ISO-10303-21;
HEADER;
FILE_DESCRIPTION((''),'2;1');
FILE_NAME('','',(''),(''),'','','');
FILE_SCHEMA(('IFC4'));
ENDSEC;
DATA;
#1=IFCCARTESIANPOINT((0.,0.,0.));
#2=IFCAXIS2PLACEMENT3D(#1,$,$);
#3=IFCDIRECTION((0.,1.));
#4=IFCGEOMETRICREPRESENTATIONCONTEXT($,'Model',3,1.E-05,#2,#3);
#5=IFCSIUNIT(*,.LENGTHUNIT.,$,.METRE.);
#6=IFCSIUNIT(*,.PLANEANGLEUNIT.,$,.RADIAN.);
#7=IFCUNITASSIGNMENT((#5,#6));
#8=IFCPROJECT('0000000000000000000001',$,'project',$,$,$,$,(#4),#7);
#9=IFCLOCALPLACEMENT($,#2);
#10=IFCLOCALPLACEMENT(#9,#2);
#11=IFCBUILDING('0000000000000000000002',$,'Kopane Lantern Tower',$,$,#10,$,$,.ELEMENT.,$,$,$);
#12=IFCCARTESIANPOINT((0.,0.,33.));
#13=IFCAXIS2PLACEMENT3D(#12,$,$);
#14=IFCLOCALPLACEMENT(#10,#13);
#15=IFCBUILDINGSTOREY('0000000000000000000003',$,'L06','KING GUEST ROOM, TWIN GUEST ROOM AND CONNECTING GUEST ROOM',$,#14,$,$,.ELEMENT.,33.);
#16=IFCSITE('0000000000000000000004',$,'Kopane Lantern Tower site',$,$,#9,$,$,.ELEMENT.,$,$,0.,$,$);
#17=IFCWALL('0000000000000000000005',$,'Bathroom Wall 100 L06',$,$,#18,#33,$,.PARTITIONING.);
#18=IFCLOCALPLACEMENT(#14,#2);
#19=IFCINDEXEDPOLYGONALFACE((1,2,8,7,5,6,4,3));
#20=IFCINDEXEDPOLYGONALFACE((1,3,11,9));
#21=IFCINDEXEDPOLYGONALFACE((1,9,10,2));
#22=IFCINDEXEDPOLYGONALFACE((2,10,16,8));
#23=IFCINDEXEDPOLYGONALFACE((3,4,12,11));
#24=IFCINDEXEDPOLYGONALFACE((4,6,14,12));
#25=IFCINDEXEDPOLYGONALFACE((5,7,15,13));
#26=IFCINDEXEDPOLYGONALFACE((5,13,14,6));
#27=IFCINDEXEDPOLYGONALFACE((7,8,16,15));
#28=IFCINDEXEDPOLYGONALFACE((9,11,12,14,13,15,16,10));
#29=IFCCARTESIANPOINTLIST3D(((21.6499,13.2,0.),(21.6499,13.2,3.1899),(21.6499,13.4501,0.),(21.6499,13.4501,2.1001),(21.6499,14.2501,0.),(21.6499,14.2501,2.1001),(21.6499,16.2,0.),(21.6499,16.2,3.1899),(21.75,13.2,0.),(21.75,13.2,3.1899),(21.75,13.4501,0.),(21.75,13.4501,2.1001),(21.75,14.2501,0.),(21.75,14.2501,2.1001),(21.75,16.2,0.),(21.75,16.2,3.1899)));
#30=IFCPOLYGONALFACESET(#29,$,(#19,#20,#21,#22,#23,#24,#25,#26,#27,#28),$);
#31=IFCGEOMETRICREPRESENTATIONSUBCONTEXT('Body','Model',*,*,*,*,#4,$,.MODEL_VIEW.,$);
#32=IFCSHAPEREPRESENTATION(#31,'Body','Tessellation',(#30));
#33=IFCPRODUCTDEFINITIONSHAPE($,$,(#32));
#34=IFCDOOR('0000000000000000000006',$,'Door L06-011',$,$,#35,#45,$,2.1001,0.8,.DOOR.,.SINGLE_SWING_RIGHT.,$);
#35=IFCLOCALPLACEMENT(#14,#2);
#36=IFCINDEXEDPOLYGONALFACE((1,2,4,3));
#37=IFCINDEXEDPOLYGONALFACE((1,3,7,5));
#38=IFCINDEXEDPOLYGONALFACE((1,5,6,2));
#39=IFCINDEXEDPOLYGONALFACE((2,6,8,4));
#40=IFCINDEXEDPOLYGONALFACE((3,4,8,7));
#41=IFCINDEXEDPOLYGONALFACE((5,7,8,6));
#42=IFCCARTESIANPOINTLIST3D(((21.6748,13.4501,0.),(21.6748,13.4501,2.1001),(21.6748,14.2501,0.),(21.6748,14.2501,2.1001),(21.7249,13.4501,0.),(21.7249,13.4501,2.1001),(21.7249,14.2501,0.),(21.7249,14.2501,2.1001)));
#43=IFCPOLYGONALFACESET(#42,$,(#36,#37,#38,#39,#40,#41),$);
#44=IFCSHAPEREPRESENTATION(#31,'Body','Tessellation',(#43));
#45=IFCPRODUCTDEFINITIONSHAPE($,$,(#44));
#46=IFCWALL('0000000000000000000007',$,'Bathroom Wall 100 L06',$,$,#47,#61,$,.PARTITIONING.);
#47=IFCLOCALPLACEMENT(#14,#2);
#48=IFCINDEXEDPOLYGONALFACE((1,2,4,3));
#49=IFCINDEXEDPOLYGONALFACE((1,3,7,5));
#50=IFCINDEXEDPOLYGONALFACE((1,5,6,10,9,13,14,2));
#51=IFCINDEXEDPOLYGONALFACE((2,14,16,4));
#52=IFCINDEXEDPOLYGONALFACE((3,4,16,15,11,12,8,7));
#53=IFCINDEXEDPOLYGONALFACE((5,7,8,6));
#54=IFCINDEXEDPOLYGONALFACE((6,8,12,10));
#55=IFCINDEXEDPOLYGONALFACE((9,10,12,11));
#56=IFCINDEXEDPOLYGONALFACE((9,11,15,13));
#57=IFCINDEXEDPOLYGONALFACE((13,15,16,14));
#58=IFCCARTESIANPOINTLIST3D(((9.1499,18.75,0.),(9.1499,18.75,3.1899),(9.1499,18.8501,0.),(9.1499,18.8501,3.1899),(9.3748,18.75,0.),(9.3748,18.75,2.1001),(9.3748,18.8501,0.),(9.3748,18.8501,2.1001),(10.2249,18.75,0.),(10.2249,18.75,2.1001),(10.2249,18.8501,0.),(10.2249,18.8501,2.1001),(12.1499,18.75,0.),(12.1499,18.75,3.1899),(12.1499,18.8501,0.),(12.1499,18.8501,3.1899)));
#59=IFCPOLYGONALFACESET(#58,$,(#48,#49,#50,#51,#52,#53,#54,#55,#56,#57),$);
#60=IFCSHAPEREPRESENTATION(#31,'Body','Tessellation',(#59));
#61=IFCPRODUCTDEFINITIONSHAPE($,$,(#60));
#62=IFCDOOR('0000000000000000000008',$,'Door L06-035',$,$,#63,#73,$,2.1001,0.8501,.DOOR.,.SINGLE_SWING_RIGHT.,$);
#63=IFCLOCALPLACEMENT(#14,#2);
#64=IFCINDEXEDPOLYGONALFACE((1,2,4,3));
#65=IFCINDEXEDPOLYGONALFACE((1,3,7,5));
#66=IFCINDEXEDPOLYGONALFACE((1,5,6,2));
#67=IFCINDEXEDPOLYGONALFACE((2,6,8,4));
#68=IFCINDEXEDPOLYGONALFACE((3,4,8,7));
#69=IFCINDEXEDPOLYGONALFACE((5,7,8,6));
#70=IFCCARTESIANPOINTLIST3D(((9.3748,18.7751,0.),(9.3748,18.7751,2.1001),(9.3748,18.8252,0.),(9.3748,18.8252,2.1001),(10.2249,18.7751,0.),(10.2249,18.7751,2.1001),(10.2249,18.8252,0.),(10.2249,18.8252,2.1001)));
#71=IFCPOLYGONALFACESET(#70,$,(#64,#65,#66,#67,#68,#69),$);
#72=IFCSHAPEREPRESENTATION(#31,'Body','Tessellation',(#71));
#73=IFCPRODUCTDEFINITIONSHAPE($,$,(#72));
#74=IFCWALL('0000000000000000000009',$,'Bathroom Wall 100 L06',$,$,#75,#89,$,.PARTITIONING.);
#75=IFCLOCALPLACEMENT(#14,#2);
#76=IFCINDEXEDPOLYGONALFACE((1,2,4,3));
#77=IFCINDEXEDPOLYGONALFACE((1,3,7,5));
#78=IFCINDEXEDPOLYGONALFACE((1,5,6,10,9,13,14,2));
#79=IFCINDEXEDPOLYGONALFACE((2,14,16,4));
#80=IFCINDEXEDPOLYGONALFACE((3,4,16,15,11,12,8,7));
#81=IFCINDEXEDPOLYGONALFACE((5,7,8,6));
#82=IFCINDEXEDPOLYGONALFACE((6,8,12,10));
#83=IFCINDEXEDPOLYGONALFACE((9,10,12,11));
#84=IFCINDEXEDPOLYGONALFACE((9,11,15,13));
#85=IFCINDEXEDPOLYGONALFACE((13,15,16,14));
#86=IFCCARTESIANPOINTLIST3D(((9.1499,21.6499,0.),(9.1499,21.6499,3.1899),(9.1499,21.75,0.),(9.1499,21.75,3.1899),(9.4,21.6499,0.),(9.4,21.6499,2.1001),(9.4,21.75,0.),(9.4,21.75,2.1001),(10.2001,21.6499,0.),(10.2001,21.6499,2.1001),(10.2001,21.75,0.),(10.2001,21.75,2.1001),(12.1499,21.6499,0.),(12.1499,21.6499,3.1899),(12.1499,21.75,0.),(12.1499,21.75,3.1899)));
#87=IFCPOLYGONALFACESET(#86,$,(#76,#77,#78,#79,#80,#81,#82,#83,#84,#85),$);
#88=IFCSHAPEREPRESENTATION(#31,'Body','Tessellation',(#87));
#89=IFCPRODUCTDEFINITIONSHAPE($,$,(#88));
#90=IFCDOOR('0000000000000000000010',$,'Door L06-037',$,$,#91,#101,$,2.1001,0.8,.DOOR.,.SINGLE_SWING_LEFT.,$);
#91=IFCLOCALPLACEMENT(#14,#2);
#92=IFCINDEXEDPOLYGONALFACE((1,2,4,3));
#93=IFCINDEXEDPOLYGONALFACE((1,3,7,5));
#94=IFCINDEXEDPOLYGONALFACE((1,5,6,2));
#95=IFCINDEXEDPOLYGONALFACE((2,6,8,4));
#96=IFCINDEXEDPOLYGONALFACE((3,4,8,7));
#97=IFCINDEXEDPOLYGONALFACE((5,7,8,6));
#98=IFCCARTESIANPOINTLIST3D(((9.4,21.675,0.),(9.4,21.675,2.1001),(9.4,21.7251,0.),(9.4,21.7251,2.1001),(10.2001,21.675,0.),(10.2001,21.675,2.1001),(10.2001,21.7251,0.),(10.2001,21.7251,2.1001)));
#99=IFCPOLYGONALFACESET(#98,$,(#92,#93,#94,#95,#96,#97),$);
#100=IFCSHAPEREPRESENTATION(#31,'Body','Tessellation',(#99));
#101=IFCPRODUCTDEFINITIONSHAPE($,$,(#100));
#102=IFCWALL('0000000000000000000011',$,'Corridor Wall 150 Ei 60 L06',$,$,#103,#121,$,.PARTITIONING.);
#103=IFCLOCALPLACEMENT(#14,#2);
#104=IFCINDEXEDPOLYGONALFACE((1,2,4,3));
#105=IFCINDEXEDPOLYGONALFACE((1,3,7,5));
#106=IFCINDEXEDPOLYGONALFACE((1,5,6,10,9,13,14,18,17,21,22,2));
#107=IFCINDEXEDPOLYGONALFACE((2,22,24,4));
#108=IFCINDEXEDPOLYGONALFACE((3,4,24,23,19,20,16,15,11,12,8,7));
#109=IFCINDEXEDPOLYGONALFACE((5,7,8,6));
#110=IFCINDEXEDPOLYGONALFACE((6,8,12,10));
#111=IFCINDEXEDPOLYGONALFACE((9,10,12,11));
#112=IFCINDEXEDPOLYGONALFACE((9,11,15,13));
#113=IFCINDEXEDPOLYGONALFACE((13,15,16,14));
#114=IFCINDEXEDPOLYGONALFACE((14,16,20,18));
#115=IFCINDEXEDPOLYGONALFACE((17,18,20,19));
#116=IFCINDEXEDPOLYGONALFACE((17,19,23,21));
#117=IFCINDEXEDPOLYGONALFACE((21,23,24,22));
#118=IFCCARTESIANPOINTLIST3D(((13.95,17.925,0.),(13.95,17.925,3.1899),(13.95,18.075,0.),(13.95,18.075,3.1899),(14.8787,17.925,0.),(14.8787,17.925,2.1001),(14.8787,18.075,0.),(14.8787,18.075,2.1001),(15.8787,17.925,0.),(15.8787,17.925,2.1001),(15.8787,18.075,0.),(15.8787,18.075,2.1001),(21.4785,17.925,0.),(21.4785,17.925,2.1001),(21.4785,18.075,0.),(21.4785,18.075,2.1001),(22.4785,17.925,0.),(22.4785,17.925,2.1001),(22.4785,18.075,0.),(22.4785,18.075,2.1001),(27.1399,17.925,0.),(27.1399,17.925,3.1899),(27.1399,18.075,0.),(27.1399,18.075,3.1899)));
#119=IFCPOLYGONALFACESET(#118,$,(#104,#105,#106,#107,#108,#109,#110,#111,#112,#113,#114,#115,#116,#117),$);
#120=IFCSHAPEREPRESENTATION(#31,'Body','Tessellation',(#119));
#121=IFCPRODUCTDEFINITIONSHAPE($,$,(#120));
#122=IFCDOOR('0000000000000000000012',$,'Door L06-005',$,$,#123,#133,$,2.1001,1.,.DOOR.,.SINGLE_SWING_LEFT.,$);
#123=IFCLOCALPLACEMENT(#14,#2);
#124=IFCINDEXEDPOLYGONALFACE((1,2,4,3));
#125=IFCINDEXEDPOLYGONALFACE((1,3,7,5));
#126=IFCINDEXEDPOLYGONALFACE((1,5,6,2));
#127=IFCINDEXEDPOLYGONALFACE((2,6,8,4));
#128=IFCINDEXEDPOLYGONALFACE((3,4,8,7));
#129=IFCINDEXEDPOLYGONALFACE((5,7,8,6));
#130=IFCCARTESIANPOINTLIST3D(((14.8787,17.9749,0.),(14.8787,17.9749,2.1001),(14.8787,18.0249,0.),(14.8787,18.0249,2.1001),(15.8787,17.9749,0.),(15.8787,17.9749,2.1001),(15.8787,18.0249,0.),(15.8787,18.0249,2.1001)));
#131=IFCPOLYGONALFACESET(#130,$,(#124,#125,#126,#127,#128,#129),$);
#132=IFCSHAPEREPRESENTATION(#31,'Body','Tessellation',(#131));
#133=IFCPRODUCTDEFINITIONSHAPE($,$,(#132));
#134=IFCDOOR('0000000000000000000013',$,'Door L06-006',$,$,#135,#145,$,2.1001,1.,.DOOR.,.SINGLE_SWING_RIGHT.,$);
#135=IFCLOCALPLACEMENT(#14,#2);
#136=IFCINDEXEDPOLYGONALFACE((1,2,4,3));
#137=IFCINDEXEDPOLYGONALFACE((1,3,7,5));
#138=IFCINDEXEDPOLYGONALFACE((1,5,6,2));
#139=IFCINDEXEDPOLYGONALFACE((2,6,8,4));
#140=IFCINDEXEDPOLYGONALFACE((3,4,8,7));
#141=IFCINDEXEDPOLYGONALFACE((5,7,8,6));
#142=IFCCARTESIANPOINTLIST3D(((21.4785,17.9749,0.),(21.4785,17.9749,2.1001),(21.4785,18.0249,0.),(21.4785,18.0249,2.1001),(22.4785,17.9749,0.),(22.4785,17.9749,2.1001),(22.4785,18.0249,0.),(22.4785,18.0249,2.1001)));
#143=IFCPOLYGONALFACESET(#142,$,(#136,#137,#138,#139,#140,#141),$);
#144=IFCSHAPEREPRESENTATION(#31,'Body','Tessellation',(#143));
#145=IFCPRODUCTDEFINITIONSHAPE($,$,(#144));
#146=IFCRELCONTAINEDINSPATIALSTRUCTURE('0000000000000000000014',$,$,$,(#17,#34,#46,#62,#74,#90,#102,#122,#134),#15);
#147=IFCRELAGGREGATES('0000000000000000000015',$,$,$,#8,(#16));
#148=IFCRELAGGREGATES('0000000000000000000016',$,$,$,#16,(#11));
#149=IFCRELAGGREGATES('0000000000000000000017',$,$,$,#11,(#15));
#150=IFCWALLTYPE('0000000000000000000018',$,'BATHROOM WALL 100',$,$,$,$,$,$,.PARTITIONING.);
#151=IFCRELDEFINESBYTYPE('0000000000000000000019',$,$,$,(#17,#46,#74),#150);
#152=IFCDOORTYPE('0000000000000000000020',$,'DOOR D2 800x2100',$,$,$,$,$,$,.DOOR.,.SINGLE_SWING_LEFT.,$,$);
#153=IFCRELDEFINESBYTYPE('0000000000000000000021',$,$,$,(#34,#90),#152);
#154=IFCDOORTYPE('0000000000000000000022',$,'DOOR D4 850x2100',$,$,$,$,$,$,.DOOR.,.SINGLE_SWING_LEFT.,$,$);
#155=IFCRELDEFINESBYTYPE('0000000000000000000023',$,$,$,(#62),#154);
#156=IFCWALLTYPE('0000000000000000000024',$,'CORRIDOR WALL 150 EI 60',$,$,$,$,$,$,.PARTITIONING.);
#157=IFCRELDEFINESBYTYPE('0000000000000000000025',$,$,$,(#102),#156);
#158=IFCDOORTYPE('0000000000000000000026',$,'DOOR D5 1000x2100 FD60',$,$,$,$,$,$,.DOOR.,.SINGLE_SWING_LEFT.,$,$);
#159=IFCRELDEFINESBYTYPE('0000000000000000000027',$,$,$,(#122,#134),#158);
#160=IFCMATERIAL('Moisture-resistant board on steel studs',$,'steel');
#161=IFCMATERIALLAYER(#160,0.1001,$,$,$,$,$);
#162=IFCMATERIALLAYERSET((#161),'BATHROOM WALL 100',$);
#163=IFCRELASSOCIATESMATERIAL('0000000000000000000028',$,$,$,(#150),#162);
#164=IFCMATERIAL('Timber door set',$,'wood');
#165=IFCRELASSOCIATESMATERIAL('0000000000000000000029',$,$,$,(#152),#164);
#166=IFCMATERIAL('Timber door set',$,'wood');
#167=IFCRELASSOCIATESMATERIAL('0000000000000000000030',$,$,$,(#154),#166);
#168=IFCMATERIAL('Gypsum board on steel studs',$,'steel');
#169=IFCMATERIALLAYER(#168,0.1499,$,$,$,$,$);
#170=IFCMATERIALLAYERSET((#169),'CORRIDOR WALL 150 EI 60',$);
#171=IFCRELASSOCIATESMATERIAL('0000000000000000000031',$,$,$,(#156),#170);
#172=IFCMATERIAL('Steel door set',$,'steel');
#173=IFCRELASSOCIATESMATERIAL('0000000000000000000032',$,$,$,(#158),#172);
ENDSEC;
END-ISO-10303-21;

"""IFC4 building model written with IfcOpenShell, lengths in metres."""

from ifc_helpers import new_model, si_unit, direction, frame, frame_2d, origin, place, context, subcontext, project, spatial, rectangle, extrude, material, layer, layer_set, type_object, element, fill, save


model = new_model("IFC4")

# Units and contexts
model_context = context("Model", 3, precision=1e-05, world=origin(), true_north=direction((0.0, 1.0)))
body_context = subcontext(model_context, "Body", "Model", "MODEL_VIEW")
ifc_project = project(units=[si_unit("LENGTHUNIT", "METRE"), si_unit("PLANEANGLEUNIT", "RADIAN")], contexts=[model_context])

# Site, building, storey
site_placement = place(None, origin())
site = spatial("IfcSite", under=ifc_project, at=site_placement, Name="Kopane Lantern Tower site", CompositionType="ELEMENT", RefElevation=0.0)
building_placement = place(site_placement, origin())
building = spatial("IfcBuilding", under=site, at=building_placement, Name="Kopane Lantern Tower", CompositionType="ELEMENT")
storey_placement = place(building_placement, frame((0.0, 0.0, 33.0)))
storey = spatial("IfcBuildingStorey", under=building, at=storey_placement, Name="L06", Description="KING GUEST ROOM, TWIN GUEST ROOM AND CONNECTING GUEST ROOM", CompositionType="ELEMENT", Elevation=33.0)

# Walls, openings, doors
ifc_material_1 = material(Name="Moisture-resistant board on steel studs", Category="steel")
ifc_layer_1 = layer(ifc_material_1, 0.1001)
ifc_layer_set_1 = layer_set([ifc_layer_1], Name="BATHROOM WALL 100")
wall_type_1 = type_object("IfcWallType", Name="BATHROOM WALL 100", PredefinedType="PARTITIONING", material=ifc_layer_set_1)
ifc_material_2 = material(Name="Timber door set", Category="wood")
door_type_1 = type_object("IfcDoorType", Name="DOOR D2 800x2100", OperationType="SINGLE_SWING_LEFT", PredefinedType="DOOR", material=ifc_material_2)
wall_1_placement = place(storey_placement, frame((21.7, 16.2, 0.0), z_axis=(0.0, 0.0, 1.0), x_axis=(0.0, -1.0, 0.0)))
wall_1 = element("IfcWall", 1, at=wall_1_placement, inside=storey, type_object=wall_type_1, Name="Bathroom Wall 100 L06", PredefinedType="PARTITIONING", context=body_context, shape_type="SweptSolid", body=[
    extrude(rectangle(XDim=3.0, YDim=0.1001, at=frame_2d((1.5, 0.0))), origin(), (0.0, 0.0, 1.0), 3.1899),
])
opening_1_placement = place(wall_1_placement, frame((1.95, 0.0, 0.0)))
opening_1 = element("IfcOpeningElement", 2, at=opening_1_placement, cuts=wall_1, PredefinedType="OPENING", context=body_context, shape_type="SweptSolid", body=[
    extrude(rectangle(XDim=0.8, YDim=2.1001, at=frame_2d((0.3999, 1.05))), frame((0.0, 0.0601, 0.0), z_axis=(0.0, -1.0, 0.0), x_axis=(1.0, 0.0, 0.0)), (0.0, 0.0, 1.0), 0.1201),
])
door_1_placement = place(opening_1_placement, origin())
door_1 = element("IfcDoor", 3, at=door_1_placement, inside=storey, type_object=door_type_1, Name="Door L06-011", OperationType="SINGLE_SWING_RIGHT", OverallHeight=2.1001, OverallWidth=0.8, PredefinedType="DOOR", context=body_context, shape_type="SweptSolid", body=[
    extrude(rectangle(XDim=0.8, YDim=2.1001, at=frame_2d((0.3999, 1.05))), frame((0.0, 0.0249, 0.0), z_axis=(0.0, -1.0, 0.0), x_axis=(1.0, 0.0, 0.0)), (0.0, 0.0, 1.0), 0.05),
])
fill(opening_1, door_1)
wall_2_placement = place(storey_placement, frame((12.1499, 18.8, 0.0), z_axis=(0.0, 0.0, 1.0), x_axis=(-1.0, 0.0, 0.0)))
wall_2 = element("IfcWall", 4, at=wall_2_placement, inside=storey, type_object=wall_type_1, Name="Bathroom Wall 100 L06", PredefinedType="PARTITIONING", context=body_context, shape_type="SweptSolid", body=[
    extrude(rectangle(XDim=3.0, YDim=0.1001, at=frame_2d((1.5, 0.0))), origin(), (0.0, 0.0, 1.0), 3.1899),
])
opening_2_placement = place(wall_2_placement, frame((1.925, 0.0, 0.0)))
opening_2 = element("IfcOpeningElement", 5, at=opening_2_placement, cuts=wall_2, PredefinedType="OPENING", context=body_context, shape_type="SweptSolid", body=[
    extrude(rectangle(XDim=0.8501, YDim=2.1001, at=frame_2d((0.425, 1.05))), frame((0.0, 0.0601, 0.0), z_axis=(0.0, -1.0, 0.0), x_axis=(1.0, 0.0, 0.0)), (0.0, 0.0, 1.0), 0.1201),
])
ifc_material_3 = material(Name="Timber door set", Category="wood")
door_type_2 = type_object("IfcDoorType", Name="DOOR D4 850x2100", OperationType="SINGLE_SWING_LEFT", PredefinedType="DOOR", material=ifc_material_3)
door_2_placement = place(opening_2_placement, origin())
door_2 = element("IfcDoor", 6, at=door_2_placement, inside=storey, type_object=door_type_2, Name="Door L06-035", OperationType="SINGLE_SWING_RIGHT", OverallHeight=2.1001, OverallWidth=0.8501, PredefinedType="DOOR", context=body_context, shape_type="SweptSolid", body=[
    extrude(rectangle(XDim=0.8501, YDim=2.1001, at=frame_2d((0.425, 1.05))), frame((0.0, 0.0249, 0.0), z_axis=(0.0, -1.0, 0.0), x_axis=(1.0, 0.0, 0.0)), (0.0, 0.0, 1.0), 0.05),
])
fill(opening_2, door_2)
wall_3_placement = place(storey_placement, frame((12.1499, 21.7, 0.0), z_axis=(0.0, 0.0, 1.0), x_axis=(-1.0, 0.0, 0.0)))
wall_3 = element("IfcWall", 7, at=wall_3_placement, inside=storey, type_object=wall_type_1, Name="Bathroom Wall 100 L06", PredefinedType="PARTITIONING", context=body_context, shape_type="SweptSolid", body=[
    extrude(rectangle(XDim=3.0, YDim=0.1001, at=frame_2d((1.5, 0.0))), origin(), (0.0, 0.0, 1.0), 3.1899),
])
opening_3_placement = place(wall_3_placement, frame((1.95, 0.0, 0.0)))
opening_3 = element("IfcOpeningElement", 8, at=opening_3_placement, cuts=wall_3, PredefinedType="OPENING", context=body_context, shape_type="SweptSolid", body=[
    extrude(rectangle(XDim=0.8, YDim=2.1001, at=frame_2d((0.3999, 1.05))), frame((0.0, 0.0601, 0.0), z_axis=(0.0, -1.0, 0.0), x_axis=(1.0, 0.0, 0.0)), (0.0, 0.0, 1.0), 0.1201),
])
door_3_placement = place(opening_3_placement, origin())
door_3 = element("IfcDoor", 9, at=door_3_placement, inside=storey, type_object=door_type_1, Name="Door L06-037", OperationType="SINGLE_SWING_LEFT", OverallHeight=2.1001, OverallWidth=0.8, PredefinedType="DOOR", context=body_context, shape_type="SweptSolid", body=[
    extrude(rectangle(XDim=0.8, YDim=2.1001, at=frame_2d((0.3999, 1.05))), frame((0.0, 0.0249, 0.0), z_axis=(0.0, -1.0, 0.0), x_axis=(1.0, 0.0, 0.0)), (0.0, 0.0, 1.0), 0.05),
])
fill(opening_3, door_3)

# Wall, openings, doors
ifc_material_4 = material(Name="Gypsum board on steel studs", Category="steel")
ifc_layer_2 = layer(ifc_material_4, 0.1499)
ifc_layer_set_2 = layer_set([ifc_layer_2], Name="CORRIDOR WALL 150 EI 60")
wall_type_2 = type_object("IfcWallType", Name="CORRIDOR WALL 150 EI 60", PredefinedType="PARTITIONING", material=ifc_layer_set_2)
wall_4_placement = place(storey_placement, frame((13.95, 18.0, 0.0), z_axis=(0.0, 0.0, 1.0), x_axis=(1.0, 0.0, 0.0)))
wall_4 = element("IfcWall", 10, at=wall_4_placement, inside=storey, type_object=wall_type_2, Name="Corridor Wall 150 Ei 60 L06", PredefinedType="PARTITIONING", context=body_context, shape_type="SweptSolid", body=[
    extrude(rectangle(XDim=13.1899, YDim=0.1499, at=frame_2d((6.595, 0.0))), origin(), (0.0, 0.0, 1.0), 3.1899),
])
opening_4_placement = place(wall_4_placement, frame((0.9287, 0.0, 0.0)))
opening_4 = element("IfcOpeningElement", 11, at=opening_4_placement, cuts=wall_4, PredefinedType="OPENING", context=body_context, shape_type="SweptSolid", body=[
    extrude(rectangle(XDim=1.0, YDim=2.1001, at=frame_2d((0.5, 1.05))), frame((0.0, 0.085, 0.0), z_axis=(0.0, -1.0, 0.0), x_axis=(1.0, 0.0, 0.0)), (0.0, 0.0, 1.0), 0.1699),
])
opening_5_placement = place(wall_4_placement, frame((7.5286, 0.0, 0.0)))
opening_5 = element("IfcOpeningElement", 12, at=opening_5_placement, cuts=wall_4, PredefinedType="OPENING", context=body_context, shape_type="SweptSolid", body=[
    extrude(rectangle(XDim=1.0, YDim=2.1001, at=frame_2d((0.5, 1.05))), frame((0.0, 0.085, 0.0), z_axis=(0.0, -1.0, 0.0), x_axis=(1.0, 0.0, 0.0)), (0.0, 0.0, 1.0), 0.1699),
])
ifc_material_5 = material(Name="Steel door set", Category="steel")
door_type_3 = type_object("IfcDoorType", Name="DOOR D5 1000x2100 FD60", OperationType="SINGLE_SWING_LEFT", PredefinedType="DOOR", material=ifc_material_5)
door_4_placement = place(opening_4_placement, origin())
door_4 = element("IfcDoor", 13, at=door_4_placement, inside=storey, type_object=door_type_3, Name="Door L06-005", OperationType="SINGLE_SWING_LEFT", OverallHeight=2.1001, OverallWidth=1.0, PredefinedType="DOOR", context=body_context, shape_type="SweptSolid", body=[
    extrude(rectangle(XDim=1.0, YDim=2.1001, at=frame_2d((0.5, 1.05))), frame((0.0, 0.0249, 0.0), z_axis=(0.0, -1.0, 0.0), x_axis=(1.0, 0.0, 0.0)), (0.0, 0.0, 1.0), 0.05),
])
fill(opening_4, door_4)
door_5_placement = place(opening_5_placement, origin())
door_5 = element("IfcDoor", 14, at=door_5_placement, inside=storey, type_object=door_type_3, Name="Door L06-006", OperationType="SINGLE_SWING_RIGHT", OverallHeight=2.1001, OverallWidth=1.0, PredefinedType="DOOR", context=body_context, shape_type="SweptSolid", body=[
    extrude(rectangle(XDim=1.0, YDim=2.1001, at=frame_2d((0.5, 1.05))), frame((0.0, 0.0249, 0.0), z_axis=(0.0, -1.0, 0.0), x_axis=(1.0, 0.0, 0.0)), (0.0, 0.0, 1.0), 0.05),
])
fill(opening_5, door_5)

save(model, "model.ifc")
